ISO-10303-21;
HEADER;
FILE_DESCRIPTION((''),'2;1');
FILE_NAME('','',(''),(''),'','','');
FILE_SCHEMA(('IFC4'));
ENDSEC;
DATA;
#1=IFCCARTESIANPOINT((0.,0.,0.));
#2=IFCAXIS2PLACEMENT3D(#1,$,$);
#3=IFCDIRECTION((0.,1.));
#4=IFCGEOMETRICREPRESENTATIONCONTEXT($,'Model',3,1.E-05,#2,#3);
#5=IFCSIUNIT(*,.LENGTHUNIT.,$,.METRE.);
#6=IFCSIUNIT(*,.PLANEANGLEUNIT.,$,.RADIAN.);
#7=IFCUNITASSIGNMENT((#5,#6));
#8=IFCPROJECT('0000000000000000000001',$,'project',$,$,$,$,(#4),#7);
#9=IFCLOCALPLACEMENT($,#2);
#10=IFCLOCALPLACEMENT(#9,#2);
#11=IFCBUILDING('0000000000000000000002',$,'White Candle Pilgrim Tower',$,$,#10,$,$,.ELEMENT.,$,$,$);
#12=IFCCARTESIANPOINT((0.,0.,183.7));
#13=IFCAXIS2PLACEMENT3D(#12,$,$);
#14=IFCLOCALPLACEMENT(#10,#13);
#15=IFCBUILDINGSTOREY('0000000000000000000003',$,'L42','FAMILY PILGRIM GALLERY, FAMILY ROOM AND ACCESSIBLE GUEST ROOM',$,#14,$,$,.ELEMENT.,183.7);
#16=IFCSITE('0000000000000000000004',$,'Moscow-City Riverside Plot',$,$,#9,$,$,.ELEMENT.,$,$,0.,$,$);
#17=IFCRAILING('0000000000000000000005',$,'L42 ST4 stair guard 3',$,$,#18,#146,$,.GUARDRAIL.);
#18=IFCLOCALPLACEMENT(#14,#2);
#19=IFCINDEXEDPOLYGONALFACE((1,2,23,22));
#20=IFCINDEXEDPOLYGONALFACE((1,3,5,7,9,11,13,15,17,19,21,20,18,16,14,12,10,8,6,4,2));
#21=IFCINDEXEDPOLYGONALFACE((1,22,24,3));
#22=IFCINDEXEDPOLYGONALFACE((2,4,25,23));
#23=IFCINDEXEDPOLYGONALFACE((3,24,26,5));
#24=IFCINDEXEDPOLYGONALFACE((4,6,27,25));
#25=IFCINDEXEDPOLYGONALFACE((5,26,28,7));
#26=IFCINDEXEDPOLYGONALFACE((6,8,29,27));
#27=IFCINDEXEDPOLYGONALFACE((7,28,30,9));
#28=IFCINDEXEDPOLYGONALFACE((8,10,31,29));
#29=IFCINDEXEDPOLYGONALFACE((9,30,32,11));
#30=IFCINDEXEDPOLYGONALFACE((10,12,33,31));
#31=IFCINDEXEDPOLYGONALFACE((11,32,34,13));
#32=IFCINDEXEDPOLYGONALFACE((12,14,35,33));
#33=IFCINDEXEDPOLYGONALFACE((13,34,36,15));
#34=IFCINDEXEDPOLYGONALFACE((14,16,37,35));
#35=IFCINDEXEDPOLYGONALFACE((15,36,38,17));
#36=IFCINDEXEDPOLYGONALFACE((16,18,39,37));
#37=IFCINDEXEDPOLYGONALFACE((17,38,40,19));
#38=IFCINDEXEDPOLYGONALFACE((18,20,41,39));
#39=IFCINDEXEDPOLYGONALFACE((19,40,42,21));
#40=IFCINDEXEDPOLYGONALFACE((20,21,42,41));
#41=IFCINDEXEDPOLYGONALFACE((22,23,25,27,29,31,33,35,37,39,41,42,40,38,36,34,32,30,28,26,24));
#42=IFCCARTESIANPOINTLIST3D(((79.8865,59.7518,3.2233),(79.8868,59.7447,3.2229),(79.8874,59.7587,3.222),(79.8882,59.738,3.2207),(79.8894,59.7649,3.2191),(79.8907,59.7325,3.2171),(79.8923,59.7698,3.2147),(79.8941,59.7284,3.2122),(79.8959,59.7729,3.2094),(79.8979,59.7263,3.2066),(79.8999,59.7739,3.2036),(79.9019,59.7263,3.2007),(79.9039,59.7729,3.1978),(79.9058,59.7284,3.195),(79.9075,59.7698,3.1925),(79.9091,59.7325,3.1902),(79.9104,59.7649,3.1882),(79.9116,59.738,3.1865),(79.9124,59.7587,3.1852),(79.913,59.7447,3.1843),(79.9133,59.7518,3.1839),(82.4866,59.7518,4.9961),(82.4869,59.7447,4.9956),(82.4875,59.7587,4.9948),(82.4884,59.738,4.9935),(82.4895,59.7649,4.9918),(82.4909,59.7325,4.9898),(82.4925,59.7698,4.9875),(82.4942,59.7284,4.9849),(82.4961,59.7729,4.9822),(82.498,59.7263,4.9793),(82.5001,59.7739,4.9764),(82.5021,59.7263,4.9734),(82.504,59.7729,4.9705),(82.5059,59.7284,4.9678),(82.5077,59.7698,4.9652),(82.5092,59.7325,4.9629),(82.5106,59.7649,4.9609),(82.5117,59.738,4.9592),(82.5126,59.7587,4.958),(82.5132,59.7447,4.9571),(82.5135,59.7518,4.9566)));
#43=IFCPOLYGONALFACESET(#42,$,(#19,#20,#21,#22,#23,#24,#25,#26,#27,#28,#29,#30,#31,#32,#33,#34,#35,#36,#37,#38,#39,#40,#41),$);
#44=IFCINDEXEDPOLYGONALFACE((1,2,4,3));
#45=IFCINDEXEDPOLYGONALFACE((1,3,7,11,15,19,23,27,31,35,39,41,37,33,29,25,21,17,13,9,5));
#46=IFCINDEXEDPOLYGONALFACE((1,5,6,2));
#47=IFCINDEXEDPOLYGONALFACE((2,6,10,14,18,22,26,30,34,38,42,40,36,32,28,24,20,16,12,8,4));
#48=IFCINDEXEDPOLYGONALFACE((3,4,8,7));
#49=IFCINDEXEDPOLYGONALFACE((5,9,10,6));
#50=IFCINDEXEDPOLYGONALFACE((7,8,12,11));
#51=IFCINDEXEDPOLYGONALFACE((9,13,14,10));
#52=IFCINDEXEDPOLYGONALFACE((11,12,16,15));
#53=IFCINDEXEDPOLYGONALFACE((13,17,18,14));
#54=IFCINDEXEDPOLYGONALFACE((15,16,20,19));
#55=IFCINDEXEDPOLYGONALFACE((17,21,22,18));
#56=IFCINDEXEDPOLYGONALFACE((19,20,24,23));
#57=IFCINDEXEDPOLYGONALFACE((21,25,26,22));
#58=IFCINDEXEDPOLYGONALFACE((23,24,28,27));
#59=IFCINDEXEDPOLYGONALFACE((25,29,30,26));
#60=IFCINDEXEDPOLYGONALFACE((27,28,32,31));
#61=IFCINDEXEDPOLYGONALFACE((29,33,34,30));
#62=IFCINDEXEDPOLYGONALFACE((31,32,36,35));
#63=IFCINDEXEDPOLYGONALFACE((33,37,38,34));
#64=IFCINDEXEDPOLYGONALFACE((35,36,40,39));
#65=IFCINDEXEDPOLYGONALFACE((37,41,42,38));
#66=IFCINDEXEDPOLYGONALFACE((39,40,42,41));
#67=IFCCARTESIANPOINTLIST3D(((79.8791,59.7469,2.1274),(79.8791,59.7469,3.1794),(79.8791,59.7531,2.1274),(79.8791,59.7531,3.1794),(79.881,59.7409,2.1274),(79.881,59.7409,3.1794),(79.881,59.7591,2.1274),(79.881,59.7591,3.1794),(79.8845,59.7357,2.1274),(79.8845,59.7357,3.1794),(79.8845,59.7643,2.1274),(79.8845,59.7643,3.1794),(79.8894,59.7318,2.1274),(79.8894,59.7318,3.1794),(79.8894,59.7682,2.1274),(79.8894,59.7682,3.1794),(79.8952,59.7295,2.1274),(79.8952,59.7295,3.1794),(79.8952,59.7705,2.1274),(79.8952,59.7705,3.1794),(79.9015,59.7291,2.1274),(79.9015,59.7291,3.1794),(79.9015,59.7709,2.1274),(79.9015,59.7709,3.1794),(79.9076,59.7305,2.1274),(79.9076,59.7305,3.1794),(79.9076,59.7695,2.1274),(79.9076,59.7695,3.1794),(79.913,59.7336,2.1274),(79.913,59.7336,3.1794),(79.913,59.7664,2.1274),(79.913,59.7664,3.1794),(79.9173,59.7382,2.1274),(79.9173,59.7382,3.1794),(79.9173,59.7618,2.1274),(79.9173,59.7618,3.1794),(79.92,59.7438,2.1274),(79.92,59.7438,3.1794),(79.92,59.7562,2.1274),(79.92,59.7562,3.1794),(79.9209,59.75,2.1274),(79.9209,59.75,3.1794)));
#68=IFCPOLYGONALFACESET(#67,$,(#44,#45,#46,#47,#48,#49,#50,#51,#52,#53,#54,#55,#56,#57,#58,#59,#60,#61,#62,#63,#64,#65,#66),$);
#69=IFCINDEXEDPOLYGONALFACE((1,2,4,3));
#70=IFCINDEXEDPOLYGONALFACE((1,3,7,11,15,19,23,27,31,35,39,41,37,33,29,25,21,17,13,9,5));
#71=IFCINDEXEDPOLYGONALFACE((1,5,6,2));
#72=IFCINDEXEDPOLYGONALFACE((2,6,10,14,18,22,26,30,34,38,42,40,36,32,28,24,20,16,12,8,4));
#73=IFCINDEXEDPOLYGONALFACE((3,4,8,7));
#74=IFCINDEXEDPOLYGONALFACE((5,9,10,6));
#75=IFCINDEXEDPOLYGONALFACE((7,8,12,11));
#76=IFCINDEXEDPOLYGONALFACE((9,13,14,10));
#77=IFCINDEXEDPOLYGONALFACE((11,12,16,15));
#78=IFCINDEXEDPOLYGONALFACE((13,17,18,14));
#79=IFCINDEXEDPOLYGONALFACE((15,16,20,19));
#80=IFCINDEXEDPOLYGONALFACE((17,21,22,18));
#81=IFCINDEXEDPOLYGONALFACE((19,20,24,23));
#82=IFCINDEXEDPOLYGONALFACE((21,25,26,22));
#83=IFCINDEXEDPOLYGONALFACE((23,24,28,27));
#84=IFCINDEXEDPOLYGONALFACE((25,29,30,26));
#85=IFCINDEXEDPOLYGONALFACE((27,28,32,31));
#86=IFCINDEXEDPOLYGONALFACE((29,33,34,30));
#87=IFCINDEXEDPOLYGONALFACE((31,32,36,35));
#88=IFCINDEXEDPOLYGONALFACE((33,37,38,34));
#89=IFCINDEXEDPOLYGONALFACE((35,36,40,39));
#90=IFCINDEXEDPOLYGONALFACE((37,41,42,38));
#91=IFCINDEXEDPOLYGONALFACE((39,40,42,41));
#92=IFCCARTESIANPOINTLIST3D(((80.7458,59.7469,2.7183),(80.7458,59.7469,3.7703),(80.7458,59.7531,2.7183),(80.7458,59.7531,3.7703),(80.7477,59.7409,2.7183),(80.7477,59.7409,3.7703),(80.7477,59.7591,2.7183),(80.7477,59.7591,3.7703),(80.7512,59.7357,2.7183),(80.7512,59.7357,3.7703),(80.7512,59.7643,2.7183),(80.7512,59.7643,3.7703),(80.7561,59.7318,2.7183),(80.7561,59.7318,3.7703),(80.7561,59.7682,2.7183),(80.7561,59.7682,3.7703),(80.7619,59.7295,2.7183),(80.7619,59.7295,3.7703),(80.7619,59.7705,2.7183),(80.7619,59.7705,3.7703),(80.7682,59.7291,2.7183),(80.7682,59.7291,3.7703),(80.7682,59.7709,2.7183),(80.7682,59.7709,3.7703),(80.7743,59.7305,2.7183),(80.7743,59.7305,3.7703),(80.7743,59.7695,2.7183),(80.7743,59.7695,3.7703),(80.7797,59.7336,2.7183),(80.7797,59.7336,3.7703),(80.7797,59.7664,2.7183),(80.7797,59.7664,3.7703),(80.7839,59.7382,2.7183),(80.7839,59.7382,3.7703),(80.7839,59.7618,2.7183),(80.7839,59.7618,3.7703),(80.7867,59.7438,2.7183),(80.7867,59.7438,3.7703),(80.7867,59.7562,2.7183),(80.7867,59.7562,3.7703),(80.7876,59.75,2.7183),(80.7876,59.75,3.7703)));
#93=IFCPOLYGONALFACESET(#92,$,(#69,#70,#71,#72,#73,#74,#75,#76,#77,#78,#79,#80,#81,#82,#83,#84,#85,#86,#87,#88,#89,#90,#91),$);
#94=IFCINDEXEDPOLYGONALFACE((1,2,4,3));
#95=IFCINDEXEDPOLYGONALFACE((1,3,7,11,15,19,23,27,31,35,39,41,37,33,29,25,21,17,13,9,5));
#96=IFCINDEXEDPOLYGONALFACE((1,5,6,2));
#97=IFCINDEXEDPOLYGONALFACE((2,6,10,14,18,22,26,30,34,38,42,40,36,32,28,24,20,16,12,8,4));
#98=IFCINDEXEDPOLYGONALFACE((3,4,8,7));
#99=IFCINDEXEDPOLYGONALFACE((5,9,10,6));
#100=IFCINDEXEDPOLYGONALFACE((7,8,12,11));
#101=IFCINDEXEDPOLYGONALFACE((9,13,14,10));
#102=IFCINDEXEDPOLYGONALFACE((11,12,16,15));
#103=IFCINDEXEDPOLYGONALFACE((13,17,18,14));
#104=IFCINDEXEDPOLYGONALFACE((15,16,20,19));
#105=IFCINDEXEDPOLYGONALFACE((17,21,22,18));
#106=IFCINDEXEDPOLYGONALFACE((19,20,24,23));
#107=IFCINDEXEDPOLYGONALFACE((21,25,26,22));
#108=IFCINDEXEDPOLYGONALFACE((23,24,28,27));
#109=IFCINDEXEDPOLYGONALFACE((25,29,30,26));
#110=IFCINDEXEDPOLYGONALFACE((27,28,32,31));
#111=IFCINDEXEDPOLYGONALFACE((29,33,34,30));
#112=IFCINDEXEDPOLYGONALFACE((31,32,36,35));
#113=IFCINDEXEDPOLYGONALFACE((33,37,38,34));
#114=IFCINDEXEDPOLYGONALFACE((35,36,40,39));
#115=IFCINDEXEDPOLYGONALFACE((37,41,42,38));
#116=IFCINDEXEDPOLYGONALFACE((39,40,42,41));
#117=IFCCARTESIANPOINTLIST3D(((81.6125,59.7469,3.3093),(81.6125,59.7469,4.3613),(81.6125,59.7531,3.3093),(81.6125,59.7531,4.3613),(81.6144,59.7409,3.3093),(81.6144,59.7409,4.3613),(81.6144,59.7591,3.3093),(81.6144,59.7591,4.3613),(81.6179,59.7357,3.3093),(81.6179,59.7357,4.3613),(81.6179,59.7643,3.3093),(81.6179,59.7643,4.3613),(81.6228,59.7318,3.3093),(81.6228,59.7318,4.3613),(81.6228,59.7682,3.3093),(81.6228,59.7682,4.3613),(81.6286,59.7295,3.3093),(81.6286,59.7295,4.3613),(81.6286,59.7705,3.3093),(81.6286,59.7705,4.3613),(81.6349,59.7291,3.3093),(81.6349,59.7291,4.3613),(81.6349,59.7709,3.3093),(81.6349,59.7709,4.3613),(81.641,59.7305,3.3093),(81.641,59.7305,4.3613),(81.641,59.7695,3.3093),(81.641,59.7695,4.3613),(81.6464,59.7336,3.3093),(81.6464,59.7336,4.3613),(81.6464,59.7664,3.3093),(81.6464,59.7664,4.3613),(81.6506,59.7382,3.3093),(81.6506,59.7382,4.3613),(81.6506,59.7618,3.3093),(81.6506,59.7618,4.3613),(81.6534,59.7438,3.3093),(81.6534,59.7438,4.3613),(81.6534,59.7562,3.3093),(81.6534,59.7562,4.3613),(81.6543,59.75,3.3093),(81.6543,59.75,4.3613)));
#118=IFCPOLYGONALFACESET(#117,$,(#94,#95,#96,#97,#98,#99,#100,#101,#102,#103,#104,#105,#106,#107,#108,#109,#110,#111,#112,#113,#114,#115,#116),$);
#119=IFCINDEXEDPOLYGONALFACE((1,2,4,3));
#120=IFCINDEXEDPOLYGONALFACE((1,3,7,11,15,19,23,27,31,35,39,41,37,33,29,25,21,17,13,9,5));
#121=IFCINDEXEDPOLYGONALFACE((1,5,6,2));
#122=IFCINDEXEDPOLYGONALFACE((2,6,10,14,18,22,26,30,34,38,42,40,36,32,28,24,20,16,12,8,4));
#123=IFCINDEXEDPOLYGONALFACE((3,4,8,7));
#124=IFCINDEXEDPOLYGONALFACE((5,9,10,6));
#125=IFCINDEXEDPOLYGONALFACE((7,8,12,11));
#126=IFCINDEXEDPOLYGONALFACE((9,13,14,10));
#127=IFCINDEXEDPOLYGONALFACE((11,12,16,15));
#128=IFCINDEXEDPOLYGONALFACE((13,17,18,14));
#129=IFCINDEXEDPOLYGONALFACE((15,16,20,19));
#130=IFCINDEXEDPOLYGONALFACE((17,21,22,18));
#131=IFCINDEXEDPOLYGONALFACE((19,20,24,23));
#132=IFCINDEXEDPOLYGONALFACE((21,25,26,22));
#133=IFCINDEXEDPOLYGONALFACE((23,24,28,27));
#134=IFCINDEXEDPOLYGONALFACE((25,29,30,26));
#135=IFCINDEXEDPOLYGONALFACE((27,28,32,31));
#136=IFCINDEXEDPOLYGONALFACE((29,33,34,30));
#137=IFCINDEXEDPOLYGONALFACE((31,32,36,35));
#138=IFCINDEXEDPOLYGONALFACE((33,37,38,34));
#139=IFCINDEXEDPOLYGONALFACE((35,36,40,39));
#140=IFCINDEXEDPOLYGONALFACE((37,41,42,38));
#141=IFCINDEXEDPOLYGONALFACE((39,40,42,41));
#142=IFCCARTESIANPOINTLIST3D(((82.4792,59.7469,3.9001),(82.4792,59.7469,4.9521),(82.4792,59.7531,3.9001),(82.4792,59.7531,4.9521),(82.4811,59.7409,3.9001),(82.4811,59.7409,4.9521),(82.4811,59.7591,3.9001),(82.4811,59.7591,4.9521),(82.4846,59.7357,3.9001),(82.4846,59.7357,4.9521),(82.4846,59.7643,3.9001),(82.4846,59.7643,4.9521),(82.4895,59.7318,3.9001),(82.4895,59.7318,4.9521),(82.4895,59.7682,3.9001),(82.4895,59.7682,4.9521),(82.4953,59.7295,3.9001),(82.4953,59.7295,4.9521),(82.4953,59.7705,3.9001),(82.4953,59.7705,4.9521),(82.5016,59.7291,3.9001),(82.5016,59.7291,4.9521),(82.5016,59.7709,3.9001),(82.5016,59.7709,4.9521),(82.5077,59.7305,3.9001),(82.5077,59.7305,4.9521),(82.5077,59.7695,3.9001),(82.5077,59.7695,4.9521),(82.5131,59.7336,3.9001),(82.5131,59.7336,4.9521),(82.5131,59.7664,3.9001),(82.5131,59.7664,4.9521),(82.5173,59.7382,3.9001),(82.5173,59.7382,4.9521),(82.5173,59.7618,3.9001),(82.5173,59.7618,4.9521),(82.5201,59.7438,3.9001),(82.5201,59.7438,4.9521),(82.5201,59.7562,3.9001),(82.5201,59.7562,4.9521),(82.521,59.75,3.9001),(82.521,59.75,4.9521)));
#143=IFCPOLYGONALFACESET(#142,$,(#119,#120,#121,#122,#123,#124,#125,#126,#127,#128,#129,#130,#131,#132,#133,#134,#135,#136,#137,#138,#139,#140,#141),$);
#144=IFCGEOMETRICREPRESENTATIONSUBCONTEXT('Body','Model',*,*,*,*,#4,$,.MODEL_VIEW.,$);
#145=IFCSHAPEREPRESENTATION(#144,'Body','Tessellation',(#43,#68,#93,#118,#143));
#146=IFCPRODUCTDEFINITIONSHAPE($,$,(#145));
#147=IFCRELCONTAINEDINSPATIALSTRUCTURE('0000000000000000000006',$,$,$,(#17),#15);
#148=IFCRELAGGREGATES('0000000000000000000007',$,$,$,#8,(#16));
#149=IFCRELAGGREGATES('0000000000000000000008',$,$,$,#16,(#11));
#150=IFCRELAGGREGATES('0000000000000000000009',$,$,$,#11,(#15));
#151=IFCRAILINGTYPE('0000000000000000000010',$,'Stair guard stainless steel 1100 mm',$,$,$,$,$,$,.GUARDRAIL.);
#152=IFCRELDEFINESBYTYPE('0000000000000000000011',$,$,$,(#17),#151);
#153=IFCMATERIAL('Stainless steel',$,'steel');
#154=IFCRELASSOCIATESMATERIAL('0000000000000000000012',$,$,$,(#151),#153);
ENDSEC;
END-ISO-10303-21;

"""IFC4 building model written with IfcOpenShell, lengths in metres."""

from ifc_helpers import new_model, si_unit, direction, frame, origin, origin_2d, place, context, subcontext, project, spatial, circle, extrude, material, type_object, element, save


model = new_model("IFC4")

# Units and contexts
model_context = context("Model", 3, precision=1e-05, world=origin(), true_north=direction((0.0, 1.0)))
body_context = subcontext(model_context, "Body", "Model", "MODEL_VIEW")
ifc_project = project(units=[si_unit("LENGTHUNIT", "METRE"), si_unit("PLANEANGLEUNIT", "RADIAN")], contexts=[model_context])

# Site, building, storey
site_placement = place(None, origin())
site = spatial("IfcSite", under=ifc_project, at=site_placement, Name="Moscow-City Riverside Plot", CompositionType="ELEMENT", RefElevation=0.0)
building_placement = place(site_placement, origin())
building = spatial("IfcBuilding", under=site, at=building_placement, Name="White Candle Pilgrim Tower", CompositionType="ELEMENT")
storey_placement = place(building_placement, frame((0.0, 0.0, 183.7)))
storey = spatial("IfcBuildingStorey", under=building, at=storey_placement, Name="L42", Description="FAMILY PILGRIM GALLERY, FAMILY ROOM AND ACCESSIBLE GUEST ROOM", CompositionType="ELEMENT", Elevation=183.7)

# Railing
ifc_material_1 = material(Name="Stainless steel", Category="steel")
railing_type_1 = type_object("IfcRailingType", Name="Stair guard stainless steel 1100 mm", PredefinedType="GUARDRAIL", material=ifc_material_1)
railing_1_placement = place(storey_placement, frame((79.8999, 59.75, 2.1274)))
element("IfcRailing", 1, at=railing_1_placement, inside=storey, type_object=railing_type_1, Name="L42 ST4 stair guard 3", PredefinedType="GUARDRAIL", context=body_context, shape_type="SweptSolid", body=[
    extrude(circle(Radius=0.0239, at=origin_2d()), frame((0.0, 0.0, 1.0762), z_axis=(0.82624, 0.0, 0.563318), x_axis=(0.0, 1.0, 0.0)), (0.0, 0.0, 1.0), 3.147),
    extrude(circle(Radius=0.021, at=origin_2d()), origin(), (0.0, 0.0, 1.0), 1.052),
    extrude(circle(Radius=0.021, at=origin_2d()), frame((0.8667, 0.0, 0.5908)), (0.0, 0.0, 1.0), 1.052),
    extrude(circle(Radius=0.021, at=origin_2d()), frame((1.7334, 0.0, 1.1819)), (0.0, 0.0, 1.0), 1.052),
    extrude(circle(Radius=0.021, at=origin_2d()), frame((2.6001, 0.0, 1.7727)), (0.0, 0.0, 1.0), 1.052),
])

save(model, "model.ifc")
